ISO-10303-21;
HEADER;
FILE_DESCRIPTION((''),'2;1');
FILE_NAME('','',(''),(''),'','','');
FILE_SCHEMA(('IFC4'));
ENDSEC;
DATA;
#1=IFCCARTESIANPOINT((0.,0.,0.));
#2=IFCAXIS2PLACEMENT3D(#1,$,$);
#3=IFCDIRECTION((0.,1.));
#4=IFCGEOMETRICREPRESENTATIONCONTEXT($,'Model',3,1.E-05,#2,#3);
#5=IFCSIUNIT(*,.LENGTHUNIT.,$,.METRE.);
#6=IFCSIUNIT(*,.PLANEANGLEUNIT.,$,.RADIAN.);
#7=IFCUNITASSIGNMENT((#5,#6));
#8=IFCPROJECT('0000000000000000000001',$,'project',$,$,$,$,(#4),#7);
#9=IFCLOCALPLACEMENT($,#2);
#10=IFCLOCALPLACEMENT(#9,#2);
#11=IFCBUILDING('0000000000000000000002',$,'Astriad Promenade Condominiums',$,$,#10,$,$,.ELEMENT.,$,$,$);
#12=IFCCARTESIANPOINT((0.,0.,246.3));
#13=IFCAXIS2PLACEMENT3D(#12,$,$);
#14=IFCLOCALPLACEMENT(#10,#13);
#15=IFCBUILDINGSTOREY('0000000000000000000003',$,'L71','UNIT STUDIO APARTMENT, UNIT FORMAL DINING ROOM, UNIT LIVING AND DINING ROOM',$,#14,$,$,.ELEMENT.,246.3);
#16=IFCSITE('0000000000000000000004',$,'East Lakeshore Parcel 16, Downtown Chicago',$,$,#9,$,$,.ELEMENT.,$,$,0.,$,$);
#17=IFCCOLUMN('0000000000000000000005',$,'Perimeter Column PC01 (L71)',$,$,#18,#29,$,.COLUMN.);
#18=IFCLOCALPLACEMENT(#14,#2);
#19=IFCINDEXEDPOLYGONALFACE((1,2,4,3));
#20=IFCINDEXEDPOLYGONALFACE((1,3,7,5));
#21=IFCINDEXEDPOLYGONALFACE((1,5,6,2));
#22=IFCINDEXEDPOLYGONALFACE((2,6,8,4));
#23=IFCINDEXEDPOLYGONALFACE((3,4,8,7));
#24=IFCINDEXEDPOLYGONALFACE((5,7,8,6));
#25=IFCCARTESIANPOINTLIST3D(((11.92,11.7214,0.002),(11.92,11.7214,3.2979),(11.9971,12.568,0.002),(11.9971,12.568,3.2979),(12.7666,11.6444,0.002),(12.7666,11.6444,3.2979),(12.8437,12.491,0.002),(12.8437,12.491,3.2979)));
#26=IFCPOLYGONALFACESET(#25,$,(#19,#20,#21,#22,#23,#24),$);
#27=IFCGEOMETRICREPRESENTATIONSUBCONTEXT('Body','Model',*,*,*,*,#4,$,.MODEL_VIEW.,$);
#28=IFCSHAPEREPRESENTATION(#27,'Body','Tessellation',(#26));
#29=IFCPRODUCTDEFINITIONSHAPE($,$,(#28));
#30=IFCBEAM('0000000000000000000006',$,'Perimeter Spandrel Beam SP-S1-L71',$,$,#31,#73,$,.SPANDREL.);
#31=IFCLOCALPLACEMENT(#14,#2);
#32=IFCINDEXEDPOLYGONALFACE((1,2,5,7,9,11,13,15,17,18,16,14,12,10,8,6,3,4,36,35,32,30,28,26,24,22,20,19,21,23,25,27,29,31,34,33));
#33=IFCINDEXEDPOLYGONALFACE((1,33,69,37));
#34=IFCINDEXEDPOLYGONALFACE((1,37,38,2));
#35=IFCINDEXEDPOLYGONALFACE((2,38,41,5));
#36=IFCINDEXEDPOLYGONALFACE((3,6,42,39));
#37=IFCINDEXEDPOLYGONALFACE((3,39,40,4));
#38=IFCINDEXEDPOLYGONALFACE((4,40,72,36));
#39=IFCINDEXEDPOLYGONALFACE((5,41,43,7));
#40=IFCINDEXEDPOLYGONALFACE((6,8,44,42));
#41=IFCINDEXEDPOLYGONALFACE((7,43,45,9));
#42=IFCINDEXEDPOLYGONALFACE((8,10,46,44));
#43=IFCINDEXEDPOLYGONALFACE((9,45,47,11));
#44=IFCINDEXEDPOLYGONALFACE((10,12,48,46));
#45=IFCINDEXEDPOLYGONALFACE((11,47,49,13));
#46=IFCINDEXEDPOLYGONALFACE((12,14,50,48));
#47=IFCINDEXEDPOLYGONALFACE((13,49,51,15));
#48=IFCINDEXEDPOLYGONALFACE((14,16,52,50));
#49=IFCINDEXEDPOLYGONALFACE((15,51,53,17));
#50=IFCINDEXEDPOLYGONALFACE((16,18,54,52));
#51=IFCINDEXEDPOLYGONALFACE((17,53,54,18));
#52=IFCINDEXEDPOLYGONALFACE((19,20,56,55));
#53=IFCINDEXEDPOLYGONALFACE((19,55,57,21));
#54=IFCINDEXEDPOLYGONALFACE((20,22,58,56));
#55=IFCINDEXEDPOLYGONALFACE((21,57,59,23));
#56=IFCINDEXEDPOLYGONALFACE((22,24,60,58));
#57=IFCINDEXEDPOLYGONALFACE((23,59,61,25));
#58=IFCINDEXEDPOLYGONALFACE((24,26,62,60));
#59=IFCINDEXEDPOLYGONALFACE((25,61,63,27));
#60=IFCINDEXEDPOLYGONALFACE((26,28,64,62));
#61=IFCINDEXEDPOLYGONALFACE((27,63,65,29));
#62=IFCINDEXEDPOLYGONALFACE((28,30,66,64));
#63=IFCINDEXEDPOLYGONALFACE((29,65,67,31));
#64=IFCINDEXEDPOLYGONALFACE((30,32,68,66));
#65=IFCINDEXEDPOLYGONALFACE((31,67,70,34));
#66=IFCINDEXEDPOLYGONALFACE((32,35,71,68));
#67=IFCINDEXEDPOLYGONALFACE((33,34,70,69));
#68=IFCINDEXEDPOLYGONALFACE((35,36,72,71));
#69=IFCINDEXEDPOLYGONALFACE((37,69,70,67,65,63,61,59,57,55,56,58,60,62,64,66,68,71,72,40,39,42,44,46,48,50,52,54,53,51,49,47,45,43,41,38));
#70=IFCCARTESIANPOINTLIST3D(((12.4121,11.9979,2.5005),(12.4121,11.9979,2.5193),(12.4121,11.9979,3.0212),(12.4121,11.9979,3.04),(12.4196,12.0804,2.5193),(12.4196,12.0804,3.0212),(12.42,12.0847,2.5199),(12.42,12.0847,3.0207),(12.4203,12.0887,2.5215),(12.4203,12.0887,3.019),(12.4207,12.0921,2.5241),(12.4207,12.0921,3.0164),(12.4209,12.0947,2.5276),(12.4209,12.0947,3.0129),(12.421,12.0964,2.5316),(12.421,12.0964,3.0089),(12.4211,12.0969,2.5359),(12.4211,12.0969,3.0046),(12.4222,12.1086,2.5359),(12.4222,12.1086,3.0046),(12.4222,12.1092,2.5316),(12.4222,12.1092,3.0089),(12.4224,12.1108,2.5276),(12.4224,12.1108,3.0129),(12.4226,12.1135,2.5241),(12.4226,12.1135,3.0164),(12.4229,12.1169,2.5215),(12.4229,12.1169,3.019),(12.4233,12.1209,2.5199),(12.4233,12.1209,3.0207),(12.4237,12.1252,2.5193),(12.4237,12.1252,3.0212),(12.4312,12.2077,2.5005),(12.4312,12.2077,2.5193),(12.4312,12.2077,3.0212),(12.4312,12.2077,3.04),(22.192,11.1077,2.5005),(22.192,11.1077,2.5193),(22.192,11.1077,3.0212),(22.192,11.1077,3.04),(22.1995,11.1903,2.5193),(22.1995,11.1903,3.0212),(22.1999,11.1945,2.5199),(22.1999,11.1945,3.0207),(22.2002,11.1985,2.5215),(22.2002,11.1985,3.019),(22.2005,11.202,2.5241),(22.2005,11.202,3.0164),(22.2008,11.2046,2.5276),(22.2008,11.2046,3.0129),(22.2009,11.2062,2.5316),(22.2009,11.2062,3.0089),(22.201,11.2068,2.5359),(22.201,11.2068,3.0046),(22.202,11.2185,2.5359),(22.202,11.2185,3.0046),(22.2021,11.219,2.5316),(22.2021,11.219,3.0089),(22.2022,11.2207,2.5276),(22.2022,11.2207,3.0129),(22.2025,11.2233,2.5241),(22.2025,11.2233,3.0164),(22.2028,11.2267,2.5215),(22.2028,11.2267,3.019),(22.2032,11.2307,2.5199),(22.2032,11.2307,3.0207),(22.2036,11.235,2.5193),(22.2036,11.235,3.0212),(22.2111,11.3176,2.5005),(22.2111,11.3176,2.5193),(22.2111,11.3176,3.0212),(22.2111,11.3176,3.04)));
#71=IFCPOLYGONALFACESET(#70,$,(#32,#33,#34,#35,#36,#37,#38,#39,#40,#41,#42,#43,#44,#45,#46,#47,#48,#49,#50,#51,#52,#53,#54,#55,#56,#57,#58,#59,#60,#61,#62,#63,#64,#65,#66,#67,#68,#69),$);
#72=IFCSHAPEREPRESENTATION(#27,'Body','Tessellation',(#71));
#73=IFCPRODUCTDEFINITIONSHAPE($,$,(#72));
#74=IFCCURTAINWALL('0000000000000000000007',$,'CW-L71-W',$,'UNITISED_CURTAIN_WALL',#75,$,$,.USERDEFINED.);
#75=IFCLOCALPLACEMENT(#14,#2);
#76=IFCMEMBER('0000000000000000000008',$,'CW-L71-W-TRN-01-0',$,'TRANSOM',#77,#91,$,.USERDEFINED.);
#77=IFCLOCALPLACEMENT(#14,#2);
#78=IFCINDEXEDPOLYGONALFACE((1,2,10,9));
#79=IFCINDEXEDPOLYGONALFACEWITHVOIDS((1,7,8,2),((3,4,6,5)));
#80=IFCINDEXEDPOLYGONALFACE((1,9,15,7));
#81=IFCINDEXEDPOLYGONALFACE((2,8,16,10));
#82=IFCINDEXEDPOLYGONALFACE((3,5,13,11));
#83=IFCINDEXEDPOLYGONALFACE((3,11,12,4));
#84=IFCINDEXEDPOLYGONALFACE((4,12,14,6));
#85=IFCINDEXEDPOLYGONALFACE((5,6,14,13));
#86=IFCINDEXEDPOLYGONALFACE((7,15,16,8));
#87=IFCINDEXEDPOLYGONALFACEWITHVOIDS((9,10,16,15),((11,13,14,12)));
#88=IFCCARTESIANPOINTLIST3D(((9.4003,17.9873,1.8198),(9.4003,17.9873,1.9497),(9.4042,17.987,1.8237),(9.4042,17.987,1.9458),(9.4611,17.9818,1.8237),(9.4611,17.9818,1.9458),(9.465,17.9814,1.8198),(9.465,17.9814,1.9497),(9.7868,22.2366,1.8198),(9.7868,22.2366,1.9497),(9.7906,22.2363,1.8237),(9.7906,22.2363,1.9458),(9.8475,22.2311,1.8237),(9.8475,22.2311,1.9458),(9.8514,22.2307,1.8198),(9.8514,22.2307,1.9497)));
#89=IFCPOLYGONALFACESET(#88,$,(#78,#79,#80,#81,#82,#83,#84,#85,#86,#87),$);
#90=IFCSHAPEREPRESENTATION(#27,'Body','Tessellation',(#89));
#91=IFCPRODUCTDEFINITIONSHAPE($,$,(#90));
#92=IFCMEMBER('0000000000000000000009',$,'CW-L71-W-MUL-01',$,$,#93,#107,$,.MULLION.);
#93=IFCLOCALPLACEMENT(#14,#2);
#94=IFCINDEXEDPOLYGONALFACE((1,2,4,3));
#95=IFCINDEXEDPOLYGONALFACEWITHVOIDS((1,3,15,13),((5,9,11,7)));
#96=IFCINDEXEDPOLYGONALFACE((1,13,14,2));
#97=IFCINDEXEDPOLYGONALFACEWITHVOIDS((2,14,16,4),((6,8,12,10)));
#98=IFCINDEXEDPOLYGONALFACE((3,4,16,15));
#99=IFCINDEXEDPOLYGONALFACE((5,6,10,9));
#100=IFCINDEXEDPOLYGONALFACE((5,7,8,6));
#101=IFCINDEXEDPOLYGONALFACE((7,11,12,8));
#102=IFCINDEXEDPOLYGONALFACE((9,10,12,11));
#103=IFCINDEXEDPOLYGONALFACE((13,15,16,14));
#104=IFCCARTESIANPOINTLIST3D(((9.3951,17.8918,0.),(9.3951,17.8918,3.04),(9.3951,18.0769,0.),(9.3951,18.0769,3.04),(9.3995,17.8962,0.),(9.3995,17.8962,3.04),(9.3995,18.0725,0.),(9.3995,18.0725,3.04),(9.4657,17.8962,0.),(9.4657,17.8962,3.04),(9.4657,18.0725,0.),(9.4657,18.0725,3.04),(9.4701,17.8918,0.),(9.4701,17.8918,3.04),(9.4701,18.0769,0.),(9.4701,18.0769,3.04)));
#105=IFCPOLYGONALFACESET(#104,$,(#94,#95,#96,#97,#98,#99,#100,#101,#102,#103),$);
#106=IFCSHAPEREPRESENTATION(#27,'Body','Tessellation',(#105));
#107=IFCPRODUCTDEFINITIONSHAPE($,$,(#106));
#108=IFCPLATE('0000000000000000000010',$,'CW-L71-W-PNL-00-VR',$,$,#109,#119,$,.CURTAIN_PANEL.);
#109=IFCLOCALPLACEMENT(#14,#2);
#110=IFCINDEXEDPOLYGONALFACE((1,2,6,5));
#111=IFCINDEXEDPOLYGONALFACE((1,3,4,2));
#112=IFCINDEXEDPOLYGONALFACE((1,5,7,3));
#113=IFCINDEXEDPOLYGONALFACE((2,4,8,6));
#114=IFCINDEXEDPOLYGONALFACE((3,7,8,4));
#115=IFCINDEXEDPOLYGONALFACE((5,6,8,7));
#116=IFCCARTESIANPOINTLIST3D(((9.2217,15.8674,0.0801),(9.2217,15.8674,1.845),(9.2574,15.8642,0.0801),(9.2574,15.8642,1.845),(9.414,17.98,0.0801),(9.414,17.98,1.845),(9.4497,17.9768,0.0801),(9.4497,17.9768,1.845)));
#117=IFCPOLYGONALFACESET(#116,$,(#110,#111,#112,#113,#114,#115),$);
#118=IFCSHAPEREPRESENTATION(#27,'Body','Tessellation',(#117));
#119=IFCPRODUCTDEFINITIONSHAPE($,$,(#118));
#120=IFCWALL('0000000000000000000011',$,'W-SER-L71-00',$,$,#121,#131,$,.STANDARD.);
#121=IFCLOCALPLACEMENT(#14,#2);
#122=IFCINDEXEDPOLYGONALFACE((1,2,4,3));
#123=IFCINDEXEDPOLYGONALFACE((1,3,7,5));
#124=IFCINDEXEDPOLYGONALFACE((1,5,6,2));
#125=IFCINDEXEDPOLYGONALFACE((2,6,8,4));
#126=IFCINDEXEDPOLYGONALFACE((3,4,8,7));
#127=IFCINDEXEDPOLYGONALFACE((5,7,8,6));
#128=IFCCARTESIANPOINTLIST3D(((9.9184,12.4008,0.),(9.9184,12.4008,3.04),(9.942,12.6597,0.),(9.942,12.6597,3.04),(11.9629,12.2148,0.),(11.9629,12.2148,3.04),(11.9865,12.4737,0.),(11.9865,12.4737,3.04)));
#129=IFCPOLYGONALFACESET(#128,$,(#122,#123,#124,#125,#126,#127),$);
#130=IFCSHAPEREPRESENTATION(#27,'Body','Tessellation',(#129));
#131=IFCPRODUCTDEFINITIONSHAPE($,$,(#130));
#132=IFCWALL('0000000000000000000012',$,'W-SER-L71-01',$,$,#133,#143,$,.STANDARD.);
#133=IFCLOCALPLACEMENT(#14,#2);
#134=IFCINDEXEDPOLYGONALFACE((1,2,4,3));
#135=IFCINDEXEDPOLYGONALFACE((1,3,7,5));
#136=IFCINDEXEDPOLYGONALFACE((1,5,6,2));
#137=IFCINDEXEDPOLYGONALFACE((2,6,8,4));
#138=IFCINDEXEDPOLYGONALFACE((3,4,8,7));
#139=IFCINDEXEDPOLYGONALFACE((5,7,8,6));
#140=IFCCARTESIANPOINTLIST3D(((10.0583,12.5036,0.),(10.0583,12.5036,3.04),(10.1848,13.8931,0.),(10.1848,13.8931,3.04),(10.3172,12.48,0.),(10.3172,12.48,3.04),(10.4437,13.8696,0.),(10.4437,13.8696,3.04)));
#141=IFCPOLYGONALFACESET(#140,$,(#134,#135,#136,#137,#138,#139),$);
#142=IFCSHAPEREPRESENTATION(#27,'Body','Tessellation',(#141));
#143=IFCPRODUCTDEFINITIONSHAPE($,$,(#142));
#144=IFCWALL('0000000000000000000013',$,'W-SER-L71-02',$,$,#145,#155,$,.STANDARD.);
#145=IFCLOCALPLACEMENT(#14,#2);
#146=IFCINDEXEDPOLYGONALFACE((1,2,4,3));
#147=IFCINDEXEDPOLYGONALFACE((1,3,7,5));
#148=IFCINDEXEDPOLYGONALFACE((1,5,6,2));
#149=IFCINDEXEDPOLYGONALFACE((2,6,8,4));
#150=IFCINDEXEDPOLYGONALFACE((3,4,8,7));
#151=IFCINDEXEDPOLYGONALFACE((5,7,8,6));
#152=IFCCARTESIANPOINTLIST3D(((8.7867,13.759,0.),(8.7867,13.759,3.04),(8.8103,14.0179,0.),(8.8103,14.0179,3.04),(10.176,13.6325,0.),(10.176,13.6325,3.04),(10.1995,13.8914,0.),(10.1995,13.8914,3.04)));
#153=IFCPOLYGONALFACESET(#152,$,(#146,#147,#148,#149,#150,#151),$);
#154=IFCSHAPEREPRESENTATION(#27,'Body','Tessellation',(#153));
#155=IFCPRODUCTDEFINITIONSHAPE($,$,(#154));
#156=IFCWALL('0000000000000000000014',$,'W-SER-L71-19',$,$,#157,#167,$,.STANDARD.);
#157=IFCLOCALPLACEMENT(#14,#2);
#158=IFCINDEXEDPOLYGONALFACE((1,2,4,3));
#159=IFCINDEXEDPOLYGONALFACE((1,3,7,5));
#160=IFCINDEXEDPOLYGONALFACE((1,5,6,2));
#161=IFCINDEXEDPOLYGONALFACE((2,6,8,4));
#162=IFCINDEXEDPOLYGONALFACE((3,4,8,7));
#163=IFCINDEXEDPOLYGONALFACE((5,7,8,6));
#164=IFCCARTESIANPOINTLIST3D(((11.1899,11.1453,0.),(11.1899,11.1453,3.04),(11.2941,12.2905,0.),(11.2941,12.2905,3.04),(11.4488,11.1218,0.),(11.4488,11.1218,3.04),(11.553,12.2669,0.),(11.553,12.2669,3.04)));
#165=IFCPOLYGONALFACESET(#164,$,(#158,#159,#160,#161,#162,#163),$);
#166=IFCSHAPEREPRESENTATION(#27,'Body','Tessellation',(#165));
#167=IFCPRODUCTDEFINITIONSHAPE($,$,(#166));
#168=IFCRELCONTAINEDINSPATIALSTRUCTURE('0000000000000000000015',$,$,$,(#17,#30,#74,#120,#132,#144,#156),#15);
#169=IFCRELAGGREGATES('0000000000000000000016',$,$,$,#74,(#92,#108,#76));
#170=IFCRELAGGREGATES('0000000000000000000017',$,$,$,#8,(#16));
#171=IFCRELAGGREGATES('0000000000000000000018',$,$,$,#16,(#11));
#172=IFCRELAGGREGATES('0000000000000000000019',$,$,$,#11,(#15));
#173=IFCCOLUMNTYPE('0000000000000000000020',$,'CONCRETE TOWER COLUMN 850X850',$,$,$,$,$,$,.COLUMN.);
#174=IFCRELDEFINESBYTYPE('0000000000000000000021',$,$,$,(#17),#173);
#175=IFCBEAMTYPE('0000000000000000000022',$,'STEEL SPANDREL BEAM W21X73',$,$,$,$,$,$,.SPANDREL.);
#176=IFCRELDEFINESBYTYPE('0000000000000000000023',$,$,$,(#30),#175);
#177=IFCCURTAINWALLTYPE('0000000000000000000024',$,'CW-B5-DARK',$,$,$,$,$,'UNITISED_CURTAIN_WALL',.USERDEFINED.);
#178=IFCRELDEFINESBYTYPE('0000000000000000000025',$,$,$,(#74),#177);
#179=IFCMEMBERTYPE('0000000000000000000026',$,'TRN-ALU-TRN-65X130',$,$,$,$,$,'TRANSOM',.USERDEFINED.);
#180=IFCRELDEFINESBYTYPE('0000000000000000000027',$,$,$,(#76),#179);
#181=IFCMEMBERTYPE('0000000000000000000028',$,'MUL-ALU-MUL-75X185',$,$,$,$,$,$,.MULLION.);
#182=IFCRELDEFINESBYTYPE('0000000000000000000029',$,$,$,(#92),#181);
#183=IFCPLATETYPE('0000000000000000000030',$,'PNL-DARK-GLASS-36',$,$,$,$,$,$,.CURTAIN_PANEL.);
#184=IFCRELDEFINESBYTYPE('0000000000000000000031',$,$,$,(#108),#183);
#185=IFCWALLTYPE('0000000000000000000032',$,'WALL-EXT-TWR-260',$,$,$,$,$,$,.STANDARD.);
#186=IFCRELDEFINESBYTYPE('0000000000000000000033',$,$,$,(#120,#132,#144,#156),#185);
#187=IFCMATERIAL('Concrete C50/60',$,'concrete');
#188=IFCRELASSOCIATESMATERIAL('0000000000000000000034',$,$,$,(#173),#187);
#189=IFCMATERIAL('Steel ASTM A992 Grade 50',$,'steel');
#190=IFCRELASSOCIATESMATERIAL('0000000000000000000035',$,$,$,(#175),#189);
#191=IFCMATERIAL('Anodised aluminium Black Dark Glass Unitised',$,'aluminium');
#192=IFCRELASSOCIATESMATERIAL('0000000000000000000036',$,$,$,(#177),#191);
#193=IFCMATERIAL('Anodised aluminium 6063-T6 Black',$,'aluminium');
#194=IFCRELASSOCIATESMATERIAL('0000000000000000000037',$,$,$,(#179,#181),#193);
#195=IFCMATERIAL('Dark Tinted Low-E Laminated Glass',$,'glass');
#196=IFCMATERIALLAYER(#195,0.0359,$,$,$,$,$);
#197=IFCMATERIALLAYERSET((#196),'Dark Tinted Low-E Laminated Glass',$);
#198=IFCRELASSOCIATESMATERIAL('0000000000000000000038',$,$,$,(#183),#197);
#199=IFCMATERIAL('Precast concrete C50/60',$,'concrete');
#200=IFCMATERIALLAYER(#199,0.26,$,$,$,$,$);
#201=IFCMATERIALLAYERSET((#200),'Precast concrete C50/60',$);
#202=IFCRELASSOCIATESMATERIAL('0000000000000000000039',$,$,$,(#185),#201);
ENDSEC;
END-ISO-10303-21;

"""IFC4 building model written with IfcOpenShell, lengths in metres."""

from ifc_helpers import new_model, si_unit, direction, frame, frame_2d, origin, origin_2d, place, context, subcontext, project, spatial, rectangle, hollow_rectangle, i_section, extrude, source, transform, mapped, material, layer, layer_set, material_profile, profile_set, type_object, type_shapes, element, aggregate, save


model = new_model("IFC4")

# Units and contexts
model_context = context("Model", 3, precision=1e-05, world=origin(), true_north=direction((0.0, 1.0)))
body_context = subcontext(model_context, "Body", "Model", "MODEL_VIEW")
ifc_project = project(units=[si_unit("LENGTHUNIT", "METRE"), si_unit("PLANEANGLEUNIT", "RADIAN")], contexts=[model_context])

# Site, building, storey
site_placement = place(None, origin())
site = spatial("IfcSite", under=ifc_project, at=site_placement, Name="East Lakeshore Parcel 16, Downtown Chicago", CompositionType="ELEMENT", RefElevation=0.0)
building_placement = place(site_placement, origin())
building = spatial("IfcBuilding", under=site, at=building_placement, Name="Astriad Promenade Condominiums", CompositionType="ELEMENT")
storey_placement = place(building_placement, frame((0.0, 0.0, 246.3)))
storey = spatial("IfcBuildingStorey", under=building, at=storey_placement, Name="L71", Description="UNIT STUDIO APARTMENT, UNIT FORMAL DINING ROOM, UNIT LIVING AND DINING ROOM", CompositionType="ELEMENT", Elevation=246.3)

# Column
ifc_material_1 = material(Name="Concrete C50/60", Category="concrete")
ifc_material_profile_1 = material_profile(ifc_material_1, rectangle(XDim=0.8501, YDim=0.8501, at=origin_2d()), Name="RC-COL-850X850")
ifc_profile_set_1 = profile_set([ifc_material_profile_1], Name="Concrete C50/60")
column_type = type_object("IfcColumnType", Name="CONCRETE TOWER COLUMN 850X850", PredefinedType="COLUMN", material=ifc_profile_set_1)
shared_shape_1 = source(origin(), body_context, "Body", "SweptSolid", [
    extrude(rectangle(XDim=0.8501, YDim=0.8501, at=origin_2d()), origin(), (0.0, 0.0, 1.0), 3.2959),
])
type_shapes(column_type, [shared_shape_1])
column_placement = place(storey_placement, frame((12.3818, 12.1062, 0.002), z_axis=(0.0, 0.0, 1.0), x_axis=(0.995884, -0.090633, 0.0)))
element("IfcColumn", 1, at=column_placement, inside=storey, type_object=column_type, Name="Perimeter Column PC01 (L71)", PredefinedType="COLUMN", context=body_context, shape_type="MappedRepresentation", body=[
    mapped(shared_shape_1, transform((0.0, 0.0, 0.0), scale=1.0)),
])

# Beam
ifc_material_2 = material(Name="Steel ASTM A992 Grade 50", Category="steel")
ifc_material_profile_2 = material_profile(ifc_material_2, i_section(OverallWidth=0.2107, OverallDepth=0.5396, WebThickness=0.0117, FlangeThickness=0.0188, FilletRadius=0.0166, at=origin_2d()), Name="W21X73")
ifc_profile_set_2 = profile_set([ifc_material_profile_2], Name="Steel ASTM A992 Grade 50")
beam_type = type_object("IfcBeamType", Name="STEEL SPANDREL BEAM W21X73", PredefinedType="SPANDREL", material=ifc_profile_set_2)
shared_shape_2 = source(origin(), body_context, "Body", "SweptSolid", [
    extrude(i_section(OverallWidth=0.2107, OverallDepth=0.5396, WebThickness=0.0117, FlangeThickness=0.0188, FilletRadius=0.0166, at=origin_2d()), origin(), (0.0, 0.0, 1.0), 9.8203),
])
type_shapes(beam_type, [shared_shape_2])
beam_placement = place(storey_placement, frame((12.4216, 12.1028, 2.7703), z_axis=(0.995883, -0.090643, 0.0), x_axis=(0.090643, 0.995883, 0.0)))
element("IfcBeam", 2, at=beam_placement, inside=storey, type_object=beam_type, Name="Perimeter Spandrel Beam SP-S1-L71", PredefinedType="SPANDREL", context=body_context, shape_type="MappedRepresentation", body=[
    mapped(shared_shape_2, transform((0.0, 0.0, 0.0), scale=1.0)),
])

# Curtain wall, members, plate
ifc_material_3 = material(Name="Anodised aluminium Black Dark Glass Unitised", Category="aluminium")
curtain_wall_type = type_object("IfcCurtainWallType", Name="CW-B5-DARK", ElementType="UNITISED_CURTAIN_WALL", PredefinedType="USERDEFINED", material=ifc_material_3)
curtain_wall_placement = place(storey_placement, origin())
curtain_wall = element("IfcCurtainWall", 3, at=curtain_wall_placement, inside=storey, type_object=curtain_wall_type, Name="CW-L71-W", ObjectType="UNITISED_CURTAIN_WALL", PredefinedType="USERDEFINED")
ifc_material_4 = material(Name="Anodised aluminium 6063-T6 Black", Category="aluminium")
ifc_material_profile_3 = material_profile(ifc_material_4, hollow_rectangle(XDim=0.0649, YDim=0.1299, WallThickness=0.0039, at=origin_2d()), Name="ALU-TRN-65X130")
ifc_profile_set_3 = profile_set([ifc_material_profile_3], Name="Anodised aluminium 6063-T6 Black")
member_type_1 = type_object("IfcMemberType", Name="TRN-ALU-TRN-65X130", ElementType="TRANSOM", PredefinedType="USERDEFINED", material=ifc_profile_set_3)
shared_shape_3 = source(origin(), body_context, "Body", "SweptSolid", [
    extrude(hollow_rectangle(XDim=0.0649, YDim=0.1299, WallThickness=0.0039, at=origin_2d()), origin(), (0.0, 0.0, 1.0), 4.2668),
])
type_shapes(member_type_1, [shared_shape_3])
member_1_placement = place(storey_placement, frame((9.4326, 17.9844, 1.8848), z_axis=(0.090577, 0.995889, 0.0), x_axis=(-0.995889, 0.090577, 0.0)))
member_1 = element("IfcMember", 4, at=member_1_placement, type_object=member_type_1, Name="CW-L71-W-TRN-01-0", ObjectType="TRANSOM", PredefinedType="USERDEFINED", context=body_context, shape_type="MappedRepresentation", body=[
    mapped(shared_shape_3, transform((0.0, 0.0, 0.0), scale=1.0)),
])
ifc_material_profile_4 = material_profile(ifc_material_4, hollow_rectangle(XDim=0.075, YDim=0.1851, WallThickness=0.0044, at=origin_2d()), Name="ALU-MUL-75X185")
ifc_profile_set_4 = profile_set([ifc_material_profile_4], Name="Anodised aluminium 6063-T6 Black")
member_type_2 = type_object("IfcMemberType", Name="MUL-ALU-MUL-75X185", PredefinedType="MULLION", material=ifc_profile_set_4)
shared_shape_4 = source(origin(), body_context, "Body", "SweptSolid", [
    extrude(hollow_rectangle(XDim=0.075, YDim=0.1851, WallThickness=0.0044, at=origin_2d()), origin(), (0.0, 0.0, 1.0), 3.04),
])
type_shapes(member_type_2, [shared_shape_4])
member_2_placement = place(storey_placement, frame((9.4326, 17.9844, 0.0), z_axis=(0.0, 0.0, 1.0), x_axis=(1.0, 0.0, 0.0)))
member_2 = element("IfcMember", 5, at=member_2_placement, type_object=member_type_2, Name="CW-L71-W-MUL-01", PredefinedType="MULLION", context=body_context, shape_type="MappedRepresentation", body=[
    mapped(shared_shape_4, transform((0.0, 0.0, 0.0), scale=1.0)),
])
ifc_material_5 = material(Name="Dark Tinted Low-E Laminated Glass", Category="glass")
ifc_layer_1 = layer(ifc_material_5, 0.0359)
ifc_layer_set_1 = layer_set([ifc_layer_1], Name="Dark Tinted Low-E Laminated Glass")
plate_type = type_object("IfcPlateType", Name="PNL-DARK-GLASS-36", PredefinedType="CURTAIN_PANEL", material=ifc_layer_set_1)
shared_shape_5 = source(origin(), body_context, "Body", "SweptSolid", [
    extrude(rectangle(XDim=2.1213, YDim=0.0359, at=origin_2d()), origin(), (0.0, 0.0, 1.0), 1.7649),
])
type_shapes(plate_type, [shared_shape_5])
plate_placement = place(storey_placement, frame((9.3357, 16.9221, 0.0801), z_axis=(0.0, 0.0, 1.0), x_axis=(0.090633, 0.995884, 0.0)))
plate = element("IfcPlate", 6, at=plate_placement, type_object=plate_type, Name="CW-L71-W-PNL-00-VR", PredefinedType="CURTAIN_PANEL", context=body_context, shape_type="MappedRepresentation", body=[
    mapped(shared_shape_5, transform((0.0, 0.0, 0.0), scale=1.0)),
])
aggregate(curtain_wall, [member_2, plate, member_1])

# Walls
ifc_material_6 = material(Name="Precast concrete C50/60", Category="concrete")
ifc_layer_2 = layer(ifc_material_6, 0.26)
ifc_layer_set_2 = layer_set([ifc_layer_2], Name="Precast concrete C50/60")
wall_type_1 = type_object("IfcWallType", Name="WALL-EXT-TWR-260", PredefinedType="STANDARD", material=ifc_layer_set_2)
wall_1_placement = place(storey_placement, frame((11.9746, 12.3442, 0.0), z_axis=(0.0, 0.0, 1.0), x_axis=(-0.995885, 0.090622, 0.0)))
element("IfcWall", 7, at=wall_1_placement, inside=storey, type_object=wall_type_1, Name="W-SER-L71-00", PredefinedType="STANDARD", context=body_context, shape_type="SweptSolid", body=[
    extrude(rectangle(XDim=2.053, YDim=0.26, at=frame_2d((1.0264, 0.0))), origin(), (0.0, 0.0, 1.0), 3.04),
])
wall_2_placement = place(storey_placement, frame((10.1877, 12.4917, 0.0), z_axis=(0.0, 0.0, 1.0), x_axis=(0.090646, 0.995883, 0.0)))
element("IfcWall", 8, at=wall_2_placement, inside=storey, type_object=wall_type_1, Name="W-SER-L71-01", PredefinedType="STANDARD", context=body_context, shape_type="SweptSolid", body=[
    extrude(rectangle(XDim=1.3953, YDim=0.26, at=frame_2d((0.6978, 0.0))), origin(), (0.0, 0.0, 1.0), 3.04),
])
wall_3_placement = place(storey_placement, frame((10.1877, 13.762, 0.0), z_axis=(0.0, 0.0, 1.0), x_axis=(-0.995882, 0.090662, 0.0)))
element("IfcWall", 9, at=wall_3_placement, inside=storey, type_object=wall_type_1, Name="W-SER-L71-02", PredefinedType="STANDARD", context=body_context, shape_type="SweptSolid", body=[
    extrude(rectangle(XDim=1.395, YDim=0.26, at=frame_2d((0.6975, 0.0))), origin(), (0.0, 0.0, 1.0), 3.04),
])
wall_4_placement = place(storey_placement, frame((11.3193, 11.1335, 0.0), z_axis=(0.0, 0.0, 1.0), x_axis=(0.090651, 0.995883, 0.0)))
element("IfcWall", 10, at=wall_4_placement, inside=storey, type_object=wall_type_1, Name="W-SER-L71-19", PredefinedType="STANDARD", context=body_context, shape_type="SweptSolid", body=[
    extrude(rectangle(XDim=1.1499, YDim=0.26, at=frame_2d((0.575, 0.0))), origin(), (0.0, 0.0, 1.0), 3.04),
])

save(model, "model.ifc")
